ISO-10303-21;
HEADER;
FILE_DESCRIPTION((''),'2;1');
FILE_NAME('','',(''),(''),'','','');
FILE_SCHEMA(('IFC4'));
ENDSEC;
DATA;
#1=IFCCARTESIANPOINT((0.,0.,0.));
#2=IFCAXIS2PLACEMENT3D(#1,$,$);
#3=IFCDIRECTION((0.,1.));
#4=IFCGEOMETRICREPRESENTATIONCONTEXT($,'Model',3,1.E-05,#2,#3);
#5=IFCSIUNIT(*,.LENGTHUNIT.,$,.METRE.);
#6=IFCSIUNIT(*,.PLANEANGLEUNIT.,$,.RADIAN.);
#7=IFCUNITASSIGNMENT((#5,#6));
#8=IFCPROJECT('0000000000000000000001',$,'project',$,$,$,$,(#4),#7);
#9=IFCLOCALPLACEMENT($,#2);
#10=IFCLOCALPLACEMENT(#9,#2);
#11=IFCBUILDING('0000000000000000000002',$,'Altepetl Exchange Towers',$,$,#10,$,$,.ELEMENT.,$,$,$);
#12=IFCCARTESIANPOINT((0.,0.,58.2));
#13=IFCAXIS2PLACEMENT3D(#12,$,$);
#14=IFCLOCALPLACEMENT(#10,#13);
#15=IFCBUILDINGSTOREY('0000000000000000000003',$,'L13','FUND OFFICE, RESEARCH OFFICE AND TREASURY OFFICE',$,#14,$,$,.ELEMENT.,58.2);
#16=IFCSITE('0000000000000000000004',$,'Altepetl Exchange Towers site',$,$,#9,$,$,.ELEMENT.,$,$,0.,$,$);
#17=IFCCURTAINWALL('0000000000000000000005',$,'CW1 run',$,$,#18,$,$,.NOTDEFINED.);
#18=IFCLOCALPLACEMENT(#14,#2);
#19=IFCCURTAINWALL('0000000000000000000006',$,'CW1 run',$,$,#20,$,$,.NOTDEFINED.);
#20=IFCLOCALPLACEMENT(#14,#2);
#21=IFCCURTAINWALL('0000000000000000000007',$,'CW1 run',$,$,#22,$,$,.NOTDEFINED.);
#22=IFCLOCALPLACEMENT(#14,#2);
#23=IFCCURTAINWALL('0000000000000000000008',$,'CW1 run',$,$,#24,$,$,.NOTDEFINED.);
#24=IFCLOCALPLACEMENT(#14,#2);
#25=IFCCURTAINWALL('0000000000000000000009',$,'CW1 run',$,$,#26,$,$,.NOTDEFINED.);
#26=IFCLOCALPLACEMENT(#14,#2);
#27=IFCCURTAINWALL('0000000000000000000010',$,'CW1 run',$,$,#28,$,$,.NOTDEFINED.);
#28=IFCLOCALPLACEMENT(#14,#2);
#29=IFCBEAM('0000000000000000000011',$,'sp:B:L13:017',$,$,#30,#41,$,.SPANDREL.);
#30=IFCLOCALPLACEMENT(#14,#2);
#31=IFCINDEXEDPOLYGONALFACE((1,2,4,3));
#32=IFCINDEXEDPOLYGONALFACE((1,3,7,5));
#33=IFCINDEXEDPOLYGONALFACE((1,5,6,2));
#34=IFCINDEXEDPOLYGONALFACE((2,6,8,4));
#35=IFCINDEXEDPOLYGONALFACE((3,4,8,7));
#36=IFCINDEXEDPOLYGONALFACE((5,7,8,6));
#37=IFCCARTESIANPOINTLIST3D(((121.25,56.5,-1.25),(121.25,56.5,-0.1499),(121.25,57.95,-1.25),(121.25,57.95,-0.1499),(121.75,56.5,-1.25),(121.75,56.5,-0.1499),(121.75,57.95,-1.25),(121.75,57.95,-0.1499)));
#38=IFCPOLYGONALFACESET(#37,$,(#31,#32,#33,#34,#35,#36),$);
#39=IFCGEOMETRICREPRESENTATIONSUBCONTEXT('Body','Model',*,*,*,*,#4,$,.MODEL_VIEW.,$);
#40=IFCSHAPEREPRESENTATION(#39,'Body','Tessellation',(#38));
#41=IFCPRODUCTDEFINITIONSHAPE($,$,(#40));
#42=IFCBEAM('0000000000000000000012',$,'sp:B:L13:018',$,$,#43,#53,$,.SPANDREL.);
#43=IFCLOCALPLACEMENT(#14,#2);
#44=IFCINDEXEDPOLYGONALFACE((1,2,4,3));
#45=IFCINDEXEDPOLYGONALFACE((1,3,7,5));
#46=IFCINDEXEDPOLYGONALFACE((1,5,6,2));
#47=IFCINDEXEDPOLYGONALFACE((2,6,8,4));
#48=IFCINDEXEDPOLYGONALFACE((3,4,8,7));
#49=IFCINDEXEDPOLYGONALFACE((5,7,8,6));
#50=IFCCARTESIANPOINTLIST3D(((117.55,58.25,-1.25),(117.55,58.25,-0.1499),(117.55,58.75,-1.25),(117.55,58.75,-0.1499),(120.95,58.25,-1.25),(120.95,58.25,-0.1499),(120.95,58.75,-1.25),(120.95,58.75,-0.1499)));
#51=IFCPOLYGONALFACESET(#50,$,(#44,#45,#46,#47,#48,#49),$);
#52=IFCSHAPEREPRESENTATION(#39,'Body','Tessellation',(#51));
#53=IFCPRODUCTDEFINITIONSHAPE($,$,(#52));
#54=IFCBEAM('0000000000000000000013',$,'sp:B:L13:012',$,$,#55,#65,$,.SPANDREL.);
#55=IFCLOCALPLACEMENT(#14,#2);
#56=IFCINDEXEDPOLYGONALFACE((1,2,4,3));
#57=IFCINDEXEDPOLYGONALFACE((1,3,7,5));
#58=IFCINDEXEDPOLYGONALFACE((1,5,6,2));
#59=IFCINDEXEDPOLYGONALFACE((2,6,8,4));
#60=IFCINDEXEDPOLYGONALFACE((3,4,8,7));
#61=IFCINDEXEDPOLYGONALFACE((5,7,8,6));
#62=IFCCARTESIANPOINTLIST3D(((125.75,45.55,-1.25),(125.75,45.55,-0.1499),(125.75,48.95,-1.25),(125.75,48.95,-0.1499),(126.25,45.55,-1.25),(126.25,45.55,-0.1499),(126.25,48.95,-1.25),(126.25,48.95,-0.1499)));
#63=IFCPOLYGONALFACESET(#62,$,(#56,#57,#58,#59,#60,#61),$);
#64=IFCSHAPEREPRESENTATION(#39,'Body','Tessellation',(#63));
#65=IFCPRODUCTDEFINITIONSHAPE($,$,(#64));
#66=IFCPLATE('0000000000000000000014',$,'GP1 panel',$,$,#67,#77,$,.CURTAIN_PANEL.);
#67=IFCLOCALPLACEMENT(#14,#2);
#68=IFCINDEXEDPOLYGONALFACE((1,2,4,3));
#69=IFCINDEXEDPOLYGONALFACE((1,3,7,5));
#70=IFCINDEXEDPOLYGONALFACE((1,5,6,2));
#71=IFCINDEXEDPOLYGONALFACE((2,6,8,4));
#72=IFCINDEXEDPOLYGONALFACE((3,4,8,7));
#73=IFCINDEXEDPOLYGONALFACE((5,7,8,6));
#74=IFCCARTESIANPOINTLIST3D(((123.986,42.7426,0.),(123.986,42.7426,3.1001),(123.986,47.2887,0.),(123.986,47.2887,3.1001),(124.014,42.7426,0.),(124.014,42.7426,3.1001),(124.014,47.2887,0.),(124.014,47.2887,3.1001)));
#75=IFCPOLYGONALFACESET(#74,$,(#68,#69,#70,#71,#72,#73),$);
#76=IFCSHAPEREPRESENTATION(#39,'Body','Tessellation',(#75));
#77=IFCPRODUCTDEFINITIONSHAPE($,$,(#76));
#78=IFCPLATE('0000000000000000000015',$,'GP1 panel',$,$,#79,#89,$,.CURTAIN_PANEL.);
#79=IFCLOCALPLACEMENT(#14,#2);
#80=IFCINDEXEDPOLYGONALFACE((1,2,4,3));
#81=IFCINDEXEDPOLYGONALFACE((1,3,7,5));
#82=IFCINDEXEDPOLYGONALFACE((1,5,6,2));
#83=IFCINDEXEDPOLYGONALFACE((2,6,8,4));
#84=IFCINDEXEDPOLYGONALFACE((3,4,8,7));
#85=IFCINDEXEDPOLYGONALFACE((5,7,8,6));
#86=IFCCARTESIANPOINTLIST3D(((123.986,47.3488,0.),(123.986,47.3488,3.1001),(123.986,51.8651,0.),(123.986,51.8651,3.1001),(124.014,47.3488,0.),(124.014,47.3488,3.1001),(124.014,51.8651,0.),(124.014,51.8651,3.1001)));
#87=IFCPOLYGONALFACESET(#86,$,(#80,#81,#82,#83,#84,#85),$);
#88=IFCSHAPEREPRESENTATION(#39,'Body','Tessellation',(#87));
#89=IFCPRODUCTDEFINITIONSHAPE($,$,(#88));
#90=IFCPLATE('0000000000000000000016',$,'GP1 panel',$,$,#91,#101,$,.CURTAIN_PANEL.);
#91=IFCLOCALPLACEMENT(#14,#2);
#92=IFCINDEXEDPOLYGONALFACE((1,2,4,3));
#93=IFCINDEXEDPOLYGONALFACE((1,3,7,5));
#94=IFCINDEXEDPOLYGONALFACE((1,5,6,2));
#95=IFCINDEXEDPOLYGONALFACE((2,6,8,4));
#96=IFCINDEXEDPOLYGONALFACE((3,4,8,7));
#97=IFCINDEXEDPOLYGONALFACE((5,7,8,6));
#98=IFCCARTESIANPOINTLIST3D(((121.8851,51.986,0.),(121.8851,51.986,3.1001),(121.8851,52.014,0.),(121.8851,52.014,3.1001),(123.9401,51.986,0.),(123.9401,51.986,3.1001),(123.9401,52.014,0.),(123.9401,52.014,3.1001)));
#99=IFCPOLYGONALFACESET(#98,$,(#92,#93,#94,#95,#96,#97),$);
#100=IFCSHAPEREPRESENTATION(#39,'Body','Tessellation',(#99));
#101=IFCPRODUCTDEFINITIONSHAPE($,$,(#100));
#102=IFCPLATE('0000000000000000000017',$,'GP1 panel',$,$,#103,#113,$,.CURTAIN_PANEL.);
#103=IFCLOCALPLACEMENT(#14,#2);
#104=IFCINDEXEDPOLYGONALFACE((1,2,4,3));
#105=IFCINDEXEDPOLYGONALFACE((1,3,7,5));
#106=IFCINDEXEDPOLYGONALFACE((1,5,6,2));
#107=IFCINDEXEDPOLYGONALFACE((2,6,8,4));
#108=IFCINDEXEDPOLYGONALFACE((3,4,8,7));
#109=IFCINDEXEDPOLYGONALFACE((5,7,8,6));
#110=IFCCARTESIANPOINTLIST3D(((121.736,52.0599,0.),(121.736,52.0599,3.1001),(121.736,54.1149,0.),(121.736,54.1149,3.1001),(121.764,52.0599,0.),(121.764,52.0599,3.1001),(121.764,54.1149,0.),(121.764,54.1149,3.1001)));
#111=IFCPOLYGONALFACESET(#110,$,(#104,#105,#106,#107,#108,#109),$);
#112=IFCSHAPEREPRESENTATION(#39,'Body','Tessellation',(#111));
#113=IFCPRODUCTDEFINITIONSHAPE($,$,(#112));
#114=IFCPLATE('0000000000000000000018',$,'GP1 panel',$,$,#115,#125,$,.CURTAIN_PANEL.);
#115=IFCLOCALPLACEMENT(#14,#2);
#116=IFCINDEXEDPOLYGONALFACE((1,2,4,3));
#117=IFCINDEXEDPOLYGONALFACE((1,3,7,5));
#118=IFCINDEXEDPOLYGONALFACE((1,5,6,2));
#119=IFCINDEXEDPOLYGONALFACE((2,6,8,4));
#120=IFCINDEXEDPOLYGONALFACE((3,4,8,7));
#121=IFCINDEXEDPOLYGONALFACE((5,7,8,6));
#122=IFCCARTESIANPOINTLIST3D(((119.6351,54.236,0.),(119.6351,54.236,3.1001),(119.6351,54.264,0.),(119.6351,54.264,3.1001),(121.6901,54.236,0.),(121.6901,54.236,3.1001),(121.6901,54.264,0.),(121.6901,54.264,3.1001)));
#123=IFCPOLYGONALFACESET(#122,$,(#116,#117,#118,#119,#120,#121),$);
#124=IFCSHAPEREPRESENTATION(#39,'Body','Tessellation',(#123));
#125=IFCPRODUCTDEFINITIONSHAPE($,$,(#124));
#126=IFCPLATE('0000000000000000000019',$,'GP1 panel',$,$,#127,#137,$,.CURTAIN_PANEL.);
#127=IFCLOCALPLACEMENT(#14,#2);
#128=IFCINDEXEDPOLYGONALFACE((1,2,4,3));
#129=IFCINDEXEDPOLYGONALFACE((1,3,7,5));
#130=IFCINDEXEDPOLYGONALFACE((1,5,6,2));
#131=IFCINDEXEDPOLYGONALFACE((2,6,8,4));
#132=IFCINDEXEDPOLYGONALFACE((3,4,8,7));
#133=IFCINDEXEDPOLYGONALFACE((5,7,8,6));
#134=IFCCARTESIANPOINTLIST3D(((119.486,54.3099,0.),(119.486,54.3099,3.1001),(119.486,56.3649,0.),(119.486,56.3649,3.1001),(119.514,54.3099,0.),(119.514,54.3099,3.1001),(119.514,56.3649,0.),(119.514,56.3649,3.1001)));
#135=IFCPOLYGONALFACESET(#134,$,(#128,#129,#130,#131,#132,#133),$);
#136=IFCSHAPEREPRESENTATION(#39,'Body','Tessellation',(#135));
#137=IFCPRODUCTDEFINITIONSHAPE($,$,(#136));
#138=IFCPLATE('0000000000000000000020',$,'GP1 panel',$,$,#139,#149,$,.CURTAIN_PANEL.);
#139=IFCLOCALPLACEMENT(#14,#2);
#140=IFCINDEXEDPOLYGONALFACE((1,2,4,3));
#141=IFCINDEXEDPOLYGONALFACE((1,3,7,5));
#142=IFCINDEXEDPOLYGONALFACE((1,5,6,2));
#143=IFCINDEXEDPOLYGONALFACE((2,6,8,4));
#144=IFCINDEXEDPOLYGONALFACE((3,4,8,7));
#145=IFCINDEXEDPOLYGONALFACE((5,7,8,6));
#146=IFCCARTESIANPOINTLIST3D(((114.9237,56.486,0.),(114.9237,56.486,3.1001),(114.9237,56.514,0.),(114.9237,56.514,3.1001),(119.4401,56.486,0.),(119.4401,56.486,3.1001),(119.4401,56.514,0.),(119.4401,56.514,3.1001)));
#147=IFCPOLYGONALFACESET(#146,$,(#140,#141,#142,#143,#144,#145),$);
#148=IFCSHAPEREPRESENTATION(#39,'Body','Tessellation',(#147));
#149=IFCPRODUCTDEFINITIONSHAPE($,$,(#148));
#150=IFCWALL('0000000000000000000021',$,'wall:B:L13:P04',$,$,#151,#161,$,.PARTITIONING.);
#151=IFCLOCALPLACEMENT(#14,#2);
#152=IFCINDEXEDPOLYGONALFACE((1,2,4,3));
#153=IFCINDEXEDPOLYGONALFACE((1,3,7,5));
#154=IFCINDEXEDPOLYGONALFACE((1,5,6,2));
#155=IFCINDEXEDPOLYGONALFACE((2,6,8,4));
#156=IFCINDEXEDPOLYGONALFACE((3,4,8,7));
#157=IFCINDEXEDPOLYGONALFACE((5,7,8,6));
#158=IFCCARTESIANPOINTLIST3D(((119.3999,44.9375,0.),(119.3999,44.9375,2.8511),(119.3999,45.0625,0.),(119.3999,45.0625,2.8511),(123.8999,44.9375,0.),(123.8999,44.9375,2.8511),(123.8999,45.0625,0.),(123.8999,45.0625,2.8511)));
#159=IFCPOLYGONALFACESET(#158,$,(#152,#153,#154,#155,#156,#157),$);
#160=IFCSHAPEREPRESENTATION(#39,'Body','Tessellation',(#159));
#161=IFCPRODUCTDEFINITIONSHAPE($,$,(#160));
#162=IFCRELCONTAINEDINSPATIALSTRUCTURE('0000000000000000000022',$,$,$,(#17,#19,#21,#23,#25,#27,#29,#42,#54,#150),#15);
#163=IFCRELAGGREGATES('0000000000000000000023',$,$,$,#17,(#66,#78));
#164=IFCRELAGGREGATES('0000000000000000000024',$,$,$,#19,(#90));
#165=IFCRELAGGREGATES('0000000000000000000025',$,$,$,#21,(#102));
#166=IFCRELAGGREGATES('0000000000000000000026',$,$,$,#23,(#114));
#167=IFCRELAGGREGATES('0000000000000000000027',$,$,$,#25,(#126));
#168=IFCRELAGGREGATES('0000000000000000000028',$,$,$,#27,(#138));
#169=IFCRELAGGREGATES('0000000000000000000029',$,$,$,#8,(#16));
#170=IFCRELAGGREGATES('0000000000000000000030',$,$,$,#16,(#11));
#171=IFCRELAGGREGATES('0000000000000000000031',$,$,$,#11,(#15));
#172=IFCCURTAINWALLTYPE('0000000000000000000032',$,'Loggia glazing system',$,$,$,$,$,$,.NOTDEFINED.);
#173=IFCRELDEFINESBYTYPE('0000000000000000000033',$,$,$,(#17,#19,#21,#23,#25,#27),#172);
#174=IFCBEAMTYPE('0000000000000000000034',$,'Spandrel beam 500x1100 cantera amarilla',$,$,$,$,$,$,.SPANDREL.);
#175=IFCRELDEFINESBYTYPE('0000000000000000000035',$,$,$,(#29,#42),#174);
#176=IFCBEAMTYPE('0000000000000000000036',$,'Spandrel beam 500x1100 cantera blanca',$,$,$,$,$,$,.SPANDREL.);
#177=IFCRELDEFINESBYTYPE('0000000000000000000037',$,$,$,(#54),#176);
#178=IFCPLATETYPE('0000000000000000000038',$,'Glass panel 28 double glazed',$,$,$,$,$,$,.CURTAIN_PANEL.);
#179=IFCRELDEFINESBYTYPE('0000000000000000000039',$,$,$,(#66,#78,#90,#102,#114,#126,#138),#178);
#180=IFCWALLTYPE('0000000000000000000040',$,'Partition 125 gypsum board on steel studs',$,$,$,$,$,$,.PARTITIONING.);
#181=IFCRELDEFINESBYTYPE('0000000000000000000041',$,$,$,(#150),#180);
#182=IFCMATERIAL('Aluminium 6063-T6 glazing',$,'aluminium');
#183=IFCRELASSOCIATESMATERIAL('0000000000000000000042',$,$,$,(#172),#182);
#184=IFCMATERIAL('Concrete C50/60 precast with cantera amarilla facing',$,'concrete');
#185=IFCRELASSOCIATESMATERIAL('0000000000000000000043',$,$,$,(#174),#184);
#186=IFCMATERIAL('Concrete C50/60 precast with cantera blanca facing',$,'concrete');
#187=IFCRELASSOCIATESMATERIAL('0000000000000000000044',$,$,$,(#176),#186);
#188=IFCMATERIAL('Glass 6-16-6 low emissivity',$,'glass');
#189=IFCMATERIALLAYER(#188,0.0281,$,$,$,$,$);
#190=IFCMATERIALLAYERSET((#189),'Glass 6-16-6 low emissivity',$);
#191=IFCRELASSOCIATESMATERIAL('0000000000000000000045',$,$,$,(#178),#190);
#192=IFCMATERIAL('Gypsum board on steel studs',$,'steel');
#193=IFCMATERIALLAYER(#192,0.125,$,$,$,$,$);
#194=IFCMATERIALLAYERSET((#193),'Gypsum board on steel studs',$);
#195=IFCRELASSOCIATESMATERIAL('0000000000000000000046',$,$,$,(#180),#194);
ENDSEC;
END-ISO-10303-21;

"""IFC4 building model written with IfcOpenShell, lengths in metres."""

from ifc_helpers import new_model, si_unit, direction, frame, frame_2d, origin, origin_2d, place, context, subcontext, project, spatial, rectangle, extrude, material, layer, layer_set, material_profile, profile_set, type_object, element, aggregate, save


model = new_model("IFC4")

# Units and contexts
model_context = context("Model", 3, precision=1e-05, world=origin(), true_north=direction((0.0, 1.0)))
body_context = subcontext(model_context, "Body", "Model", "MODEL_VIEW")
ifc_project = project(units=[si_unit("LENGTHUNIT", "METRE"), si_unit("PLANEANGLEUNIT", "RADIAN")], contexts=[model_context])

# Site, building, storey
site_placement = place(None, origin())
site = spatial("IfcSite", under=ifc_project, at=site_placement, Name="Altepetl Exchange Towers site", CompositionType="ELEMENT", RefElevation=0.0)
building_placement = place(site_placement, origin())
building = spatial("IfcBuilding", under=site, at=building_placement, Name="Altepetl Exchange Towers", CompositionType="ELEMENT")
storey_placement = place(building_placement, frame((0.0, 0.0, 58.2)))
storey = spatial("IfcBuildingStorey", under=building, at=storey_placement, Name="L13", Description="FUND OFFICE, RESEARCH OFFICE AND TREASURY OFFICE", CompositionType="ELEMENT", Elevation=58.2)

# Curtain walls
ifc_material_1 = material(Name="Aluminium 6063-T6 glazing", Category="aluminium")
curtain_wall_type = type_object("IfcCurtainWallType", Name="Loggia glazing system", PredefinedType="NOTDEFINED", material=ifc_material_1)
curtain_wall_1_placement = place(storey_placement, origin())
curtain_wall_1 = element("IfcCurtainWall", 1, at=curtain_wall_1_placement, inside=storey, type_object=curtain_wall_type, Name="CW1 run", PredefinedType="NOTDEFINED")
curtain_wall_2_placement = place(storey_placement, origin())
curtain_wall_2 = element("IfcCurtainWall", 2, at=curtain_wall_2_placement, inside=storey, type_object=curtain_wall_type, Name="CW1 run", PredefinedType="NOTDEFINED")
curtain_wall_3_placement = place(storey_placement, origin())
curtain_wall_3 = element("IfcCurtainWall", 3, at=curtain_wall_3_placement, inside=storey, type_object=curtain_wall_type, Name="CW1 run", PredefinedType="NOTDEFINED")
curtain_wall_4_placement = place(storey_placement, origin())
curtain_wall_4 = element("IfcCurtainWall", 4, at=curtain_wall_4_placement, inside=storey, type_object=curtain_wall_type, Name="CW1 run", PredefinedType="NOTDEFINED")
curtain_wall_5_placement = place(storey_placement, origin())
curtain_wall_5 = element("IfcCurtainWall", 5, at=curtain_wall_5_placement, inside=storey, type_object=curtain_wall_type, Name="CW1 run", PredefinedType="NOTDEFINED")

# Curtain wall
curtain_wall_6_placement = place(storey_placement, origin())
curtain_wall_6 = element("IfcCurtainWall", 6, at=curtain_wall_6_placement, inside=storey, type_object=curtain_wall_type, Name="CW1 run", PredefinedType="NOTDEFINED")

# Beams
ifc_material_2 = material(Name="Concrete C50/60 precast with cantera amarilla facing", Category="concrete")
ifc_material_profile_1 = material_profile(ifc_material_2, rectangle(XDim=0.5, YDim=1.1001, at=origin_2d()), Name="500 x 1100")
ifc_profile_set_1 = profile_set([ifc_material_profile_1], Name="Concrete C50/60 precast with cantera amarilla facing")
beam_type_1 = type_object("IfcBeamType", Name="Spandrel beam 500x1100 cantera amarilla", PredefinedType="SPANDREL", material=ifc_profile_set_1)
beam_1_placement = place(storey_placement, frame((121.5, 56.5, -0.7), z_axis=(0.0, 1.0, 0.0), x_axis=(-1.0, 0.0, 0.0)))
element("IfcBeam", 7, at=beam_1_placement, inside=storey, type_object=beam_type_1, Name="sp:B:L13:017", PredefinedType="SPANDREL", context=body_context, shape_type="SweptSolid", body=[
    extrude(rectangle(XDim=0.5, YDim=1.1001, at=origin_2d()), origin(), (0.0, 0.0, 1.0), 1.45),
])
beam_2_placement = place(storey_placement, frame((120.95, 58.5, -0.7), z_axis=(-1.0, 0.0, 0.0), x_axis=(0.0, -1.0, 0.0)))
element("IfcBeam", 8, at=beam_2_placement, inside=storey, type_object=beam_type_1, Name="sp:B:L13:018", PredefinedType="SPANDREL", context=body_context, shape_type="SweptSolid", body=[
    extrude(rectangle(XDim=0.5, YDim=1.1001, at=origin_2d()), origin(), (0.0, 0.0, 1.0), 3.3999),
])
ifc_material_3 = material(Name="Concrete C50/60 precast with cantera blanca facing", Category="concrete")
ifc_material_profile_2 = material_profile(ifc_material_3, rectangle(XDim=0.5, YDim=1.1001, at=origin_2d()), Name="500 x 1100")
ifc_profile_set_2 = profile_set([ifc_material_profile_2], Name="Concrete C50/60 precast with cantera blanca facing")
beam_type_2 = type_object("IfcBeamType", Name="Spandrel beam 500x1100 cantera blanca", PredefinedType="SPANDREL", material=ifc_profile_set_2)
beam_3_placement = place(storey_placement, frame((126.0, 45.55, -0.7), z_axis=(0.0, 1.0, 0.0), x_axis=(-1.0, 0.0, 0.0)))
element("IfcBeam", 9, at=beam_3_placement, inside=storey, type_object=beam_type_2, Name="sp:B:L13:012", PredefinedType="SPANDREL", context=body_context, shape_type="SweptSolid", body=[
    extrude(rectangle(XDim=0.5, YDim=1.1001, at=origin_2d()), origin(), (0.0, 0.0, 1.0), 3.3999),
])

# Plates
ifc_material_4 = material(Name="Glass 6-16-6 low emissivity", Category="glass")
ifc_layer_1 = layer(ifc_material_4, 0.0281)
ifc_layer_set_1 = layer_set([ifc_layer_1], Name="Glass 6-16-6 low emissivity")
plate_type = type_object("IfcPlateType", Name="Glass panel 28 double glazed", PredefinedType="CURTAIN_PANEL", material=ifc_layer_set_1)
plate_1_placement = place(storey_placement, frame((124.0, 45.0156, 0.0), z_axis=(0.0, 0.0, 1.0), x_axis=(0.0, 1.0, 0.0)))
plate_1 = element("IfcPlate", 10, at=plate_1_placement, type_object=plate_type, Name="GP1 panel", PredefinedType="CURTAIN_PANEL", context=body_context, shape_type="SweptSolid", body=[
    extrude(rectangle(XDim=4.5461, YDim=0.0281, at=origin_2d()), origin(), (0.0, 0.0, 1.0), 3.1001),
])
plate_2_placement = place(storey_placement, frame((124.0, 49.6069, 0.0), z_axis=(0.0, 0.0, 1.0), x_axis=(0.0, 1.0, 0.0)))
plate_2 = element("IfcPlate", 11, at=plate_2_placement, type_object=plate_type, Name="GP1 panel", PredefinedType="CURTAIN_PANEL", context=body_context, shape_type="SweptSolid", body=[
    extrude(rectangle(XDim=4.5164, YDim=0.0281, at=origin_2d()), origin(), (0.0, 0.0, 1.0), 3.1001),
])
aggregate(curtain_wall_1, [plate_1, plate_2])
plate_3_placement = place(storey_placement, frame((122.9126, 52.0, 0.0), z_axis=(0.0, 0.0, 1.0), x_axis=(-1.0, 0.0, 0.0)))
plate_3 = element("IfcPlate", 12, at=plate_3_placement, type_object=plate_type, Name="GP1 panel", PredefinedType="CURTAIN_PANEL", context=body_context, shape_type="SweptSolid", body=[
    extrude(rectangle(XDim=2.0549, YDim=0.0281, at=origin_2d()), origin(), (0.0, 0.0, 1.0), 3.1001),
])
aggregate(curtain_wall_2, [plate_3])
plate_4_placement = place(storey_placement, frame((121.75, 53.0874, 0.0), z_axis=(0.0, 0.0, 1.0), x_axis=(0.0, 1.0, 0.0)))
plate_4 = element("IfcPlate", 13, at=plate_4_placement, type_object=plate_type, Name="GP1 panel", PredefinedType="CURTAIN_PANEL", context=body_context, shape_type="SweptSolid", body=[
    extrude(rectangle(XDim=2.0549, YDim=0.0281, at=origin_2d()), origin(), (0.0, 0.0, 1.0), 3.1001),
])
aggregate(curtain_wall_3, [plate_4])
plate_5_placement = place(storey_placement, frame((120.6626, 54.25, 0.0), z_axis=(0.0, 0.0, 1.0), x_axis=(-1.0, 0.0, 0.0)))
plate_5 = element("IfcPlate", 14, at=plate_5_placement, type_object=plate_type, Name="GP1 panel", PredefinedType="CURTAIN_PANEL", context=body_context, shape_type="SweptSolid", body=[
    extrude(rectangle(XDim=2.0549, YDim=0.0281, at=origin_2d()), origin(), (0.0, 0.0, 1.0), 3.1001),
])
aggregate(curtain_wall_4, [plate_5])
plate_6_placement = place(storey_placement, frame((119.5, 55.3374, 0.0), z_axis=(0.0, 0.0, 1.0), x_axis=(0.0, 1.0, 0.0)))
plate_6 = element("IfcPlate", 15, at=plate_6_placement, type_object=plate_type, Name="GP1 panel", PredefinedType="CURTAIN_PANEL", context=body_context, shape_type="SweptSolid", body=[
    extrude(rectangle(XDim=2.0549, YDim=0.0281, at=origin_2d()), origin(), (0.0, 0.0, 1.0), 3.1001),
])
aggregate(curtain_wall_5, [plate_6])
plate_7_placement = place(storey_placement, frame((117.1819, 56.5, 0.0), z_axis=(0.0, 0.0, 1.0), x_axis=(-1.0, 0.0, 0.0)))
plate_7 = element("IfcPlate", 16, at=plate_7_placement, type_object=plate_type, Name="GP1 panel", PredefinedType="CURTAIN_PANEL", context=body_context, shape_type="SweptSolid", body=[
    extrude(rectangle(XDim=4.5164, YDim=0.0281, at=origin_2d()), origin(), (0.0, 0.0, 1.0), 3.1001),
])
aggregate(curtain_wall_6, [plate_7])

# Wall
ifc_material_5 = material(Name="Gypsum board on steel studs", Category="steel")
ifc_layer_2 = layer(ifc_material_5, 0.125)
ifc_layer_set_2 = layer_set([ifc_layer_2], Name="Gypsum board on steel studs")
wall_type = type_object("IfcWallType", Name="Partition 125 gypsum board on steel studs", PredefinedType="PARTITIONING", material=ifc_layer_set_2)
wall_placement = place(storey_placement, frame((119.3999, 45.0, 0.0)))
element("IfcWall", 17, at=wall_placement, inside=storey, type_object=wall_type, Name="wall:B:L13:P04", PredefinedType="PARTITIONING", context=body_context, shape_type="SweptSolid", body=[
    extrude(rectangle(XDim=4.5, YDim=0.125, at=frame_2d((2.25, 0.0))), origin(), (0.0, 0.0, 1.0), 2.8511),
])

save(model, "model.ifc")
